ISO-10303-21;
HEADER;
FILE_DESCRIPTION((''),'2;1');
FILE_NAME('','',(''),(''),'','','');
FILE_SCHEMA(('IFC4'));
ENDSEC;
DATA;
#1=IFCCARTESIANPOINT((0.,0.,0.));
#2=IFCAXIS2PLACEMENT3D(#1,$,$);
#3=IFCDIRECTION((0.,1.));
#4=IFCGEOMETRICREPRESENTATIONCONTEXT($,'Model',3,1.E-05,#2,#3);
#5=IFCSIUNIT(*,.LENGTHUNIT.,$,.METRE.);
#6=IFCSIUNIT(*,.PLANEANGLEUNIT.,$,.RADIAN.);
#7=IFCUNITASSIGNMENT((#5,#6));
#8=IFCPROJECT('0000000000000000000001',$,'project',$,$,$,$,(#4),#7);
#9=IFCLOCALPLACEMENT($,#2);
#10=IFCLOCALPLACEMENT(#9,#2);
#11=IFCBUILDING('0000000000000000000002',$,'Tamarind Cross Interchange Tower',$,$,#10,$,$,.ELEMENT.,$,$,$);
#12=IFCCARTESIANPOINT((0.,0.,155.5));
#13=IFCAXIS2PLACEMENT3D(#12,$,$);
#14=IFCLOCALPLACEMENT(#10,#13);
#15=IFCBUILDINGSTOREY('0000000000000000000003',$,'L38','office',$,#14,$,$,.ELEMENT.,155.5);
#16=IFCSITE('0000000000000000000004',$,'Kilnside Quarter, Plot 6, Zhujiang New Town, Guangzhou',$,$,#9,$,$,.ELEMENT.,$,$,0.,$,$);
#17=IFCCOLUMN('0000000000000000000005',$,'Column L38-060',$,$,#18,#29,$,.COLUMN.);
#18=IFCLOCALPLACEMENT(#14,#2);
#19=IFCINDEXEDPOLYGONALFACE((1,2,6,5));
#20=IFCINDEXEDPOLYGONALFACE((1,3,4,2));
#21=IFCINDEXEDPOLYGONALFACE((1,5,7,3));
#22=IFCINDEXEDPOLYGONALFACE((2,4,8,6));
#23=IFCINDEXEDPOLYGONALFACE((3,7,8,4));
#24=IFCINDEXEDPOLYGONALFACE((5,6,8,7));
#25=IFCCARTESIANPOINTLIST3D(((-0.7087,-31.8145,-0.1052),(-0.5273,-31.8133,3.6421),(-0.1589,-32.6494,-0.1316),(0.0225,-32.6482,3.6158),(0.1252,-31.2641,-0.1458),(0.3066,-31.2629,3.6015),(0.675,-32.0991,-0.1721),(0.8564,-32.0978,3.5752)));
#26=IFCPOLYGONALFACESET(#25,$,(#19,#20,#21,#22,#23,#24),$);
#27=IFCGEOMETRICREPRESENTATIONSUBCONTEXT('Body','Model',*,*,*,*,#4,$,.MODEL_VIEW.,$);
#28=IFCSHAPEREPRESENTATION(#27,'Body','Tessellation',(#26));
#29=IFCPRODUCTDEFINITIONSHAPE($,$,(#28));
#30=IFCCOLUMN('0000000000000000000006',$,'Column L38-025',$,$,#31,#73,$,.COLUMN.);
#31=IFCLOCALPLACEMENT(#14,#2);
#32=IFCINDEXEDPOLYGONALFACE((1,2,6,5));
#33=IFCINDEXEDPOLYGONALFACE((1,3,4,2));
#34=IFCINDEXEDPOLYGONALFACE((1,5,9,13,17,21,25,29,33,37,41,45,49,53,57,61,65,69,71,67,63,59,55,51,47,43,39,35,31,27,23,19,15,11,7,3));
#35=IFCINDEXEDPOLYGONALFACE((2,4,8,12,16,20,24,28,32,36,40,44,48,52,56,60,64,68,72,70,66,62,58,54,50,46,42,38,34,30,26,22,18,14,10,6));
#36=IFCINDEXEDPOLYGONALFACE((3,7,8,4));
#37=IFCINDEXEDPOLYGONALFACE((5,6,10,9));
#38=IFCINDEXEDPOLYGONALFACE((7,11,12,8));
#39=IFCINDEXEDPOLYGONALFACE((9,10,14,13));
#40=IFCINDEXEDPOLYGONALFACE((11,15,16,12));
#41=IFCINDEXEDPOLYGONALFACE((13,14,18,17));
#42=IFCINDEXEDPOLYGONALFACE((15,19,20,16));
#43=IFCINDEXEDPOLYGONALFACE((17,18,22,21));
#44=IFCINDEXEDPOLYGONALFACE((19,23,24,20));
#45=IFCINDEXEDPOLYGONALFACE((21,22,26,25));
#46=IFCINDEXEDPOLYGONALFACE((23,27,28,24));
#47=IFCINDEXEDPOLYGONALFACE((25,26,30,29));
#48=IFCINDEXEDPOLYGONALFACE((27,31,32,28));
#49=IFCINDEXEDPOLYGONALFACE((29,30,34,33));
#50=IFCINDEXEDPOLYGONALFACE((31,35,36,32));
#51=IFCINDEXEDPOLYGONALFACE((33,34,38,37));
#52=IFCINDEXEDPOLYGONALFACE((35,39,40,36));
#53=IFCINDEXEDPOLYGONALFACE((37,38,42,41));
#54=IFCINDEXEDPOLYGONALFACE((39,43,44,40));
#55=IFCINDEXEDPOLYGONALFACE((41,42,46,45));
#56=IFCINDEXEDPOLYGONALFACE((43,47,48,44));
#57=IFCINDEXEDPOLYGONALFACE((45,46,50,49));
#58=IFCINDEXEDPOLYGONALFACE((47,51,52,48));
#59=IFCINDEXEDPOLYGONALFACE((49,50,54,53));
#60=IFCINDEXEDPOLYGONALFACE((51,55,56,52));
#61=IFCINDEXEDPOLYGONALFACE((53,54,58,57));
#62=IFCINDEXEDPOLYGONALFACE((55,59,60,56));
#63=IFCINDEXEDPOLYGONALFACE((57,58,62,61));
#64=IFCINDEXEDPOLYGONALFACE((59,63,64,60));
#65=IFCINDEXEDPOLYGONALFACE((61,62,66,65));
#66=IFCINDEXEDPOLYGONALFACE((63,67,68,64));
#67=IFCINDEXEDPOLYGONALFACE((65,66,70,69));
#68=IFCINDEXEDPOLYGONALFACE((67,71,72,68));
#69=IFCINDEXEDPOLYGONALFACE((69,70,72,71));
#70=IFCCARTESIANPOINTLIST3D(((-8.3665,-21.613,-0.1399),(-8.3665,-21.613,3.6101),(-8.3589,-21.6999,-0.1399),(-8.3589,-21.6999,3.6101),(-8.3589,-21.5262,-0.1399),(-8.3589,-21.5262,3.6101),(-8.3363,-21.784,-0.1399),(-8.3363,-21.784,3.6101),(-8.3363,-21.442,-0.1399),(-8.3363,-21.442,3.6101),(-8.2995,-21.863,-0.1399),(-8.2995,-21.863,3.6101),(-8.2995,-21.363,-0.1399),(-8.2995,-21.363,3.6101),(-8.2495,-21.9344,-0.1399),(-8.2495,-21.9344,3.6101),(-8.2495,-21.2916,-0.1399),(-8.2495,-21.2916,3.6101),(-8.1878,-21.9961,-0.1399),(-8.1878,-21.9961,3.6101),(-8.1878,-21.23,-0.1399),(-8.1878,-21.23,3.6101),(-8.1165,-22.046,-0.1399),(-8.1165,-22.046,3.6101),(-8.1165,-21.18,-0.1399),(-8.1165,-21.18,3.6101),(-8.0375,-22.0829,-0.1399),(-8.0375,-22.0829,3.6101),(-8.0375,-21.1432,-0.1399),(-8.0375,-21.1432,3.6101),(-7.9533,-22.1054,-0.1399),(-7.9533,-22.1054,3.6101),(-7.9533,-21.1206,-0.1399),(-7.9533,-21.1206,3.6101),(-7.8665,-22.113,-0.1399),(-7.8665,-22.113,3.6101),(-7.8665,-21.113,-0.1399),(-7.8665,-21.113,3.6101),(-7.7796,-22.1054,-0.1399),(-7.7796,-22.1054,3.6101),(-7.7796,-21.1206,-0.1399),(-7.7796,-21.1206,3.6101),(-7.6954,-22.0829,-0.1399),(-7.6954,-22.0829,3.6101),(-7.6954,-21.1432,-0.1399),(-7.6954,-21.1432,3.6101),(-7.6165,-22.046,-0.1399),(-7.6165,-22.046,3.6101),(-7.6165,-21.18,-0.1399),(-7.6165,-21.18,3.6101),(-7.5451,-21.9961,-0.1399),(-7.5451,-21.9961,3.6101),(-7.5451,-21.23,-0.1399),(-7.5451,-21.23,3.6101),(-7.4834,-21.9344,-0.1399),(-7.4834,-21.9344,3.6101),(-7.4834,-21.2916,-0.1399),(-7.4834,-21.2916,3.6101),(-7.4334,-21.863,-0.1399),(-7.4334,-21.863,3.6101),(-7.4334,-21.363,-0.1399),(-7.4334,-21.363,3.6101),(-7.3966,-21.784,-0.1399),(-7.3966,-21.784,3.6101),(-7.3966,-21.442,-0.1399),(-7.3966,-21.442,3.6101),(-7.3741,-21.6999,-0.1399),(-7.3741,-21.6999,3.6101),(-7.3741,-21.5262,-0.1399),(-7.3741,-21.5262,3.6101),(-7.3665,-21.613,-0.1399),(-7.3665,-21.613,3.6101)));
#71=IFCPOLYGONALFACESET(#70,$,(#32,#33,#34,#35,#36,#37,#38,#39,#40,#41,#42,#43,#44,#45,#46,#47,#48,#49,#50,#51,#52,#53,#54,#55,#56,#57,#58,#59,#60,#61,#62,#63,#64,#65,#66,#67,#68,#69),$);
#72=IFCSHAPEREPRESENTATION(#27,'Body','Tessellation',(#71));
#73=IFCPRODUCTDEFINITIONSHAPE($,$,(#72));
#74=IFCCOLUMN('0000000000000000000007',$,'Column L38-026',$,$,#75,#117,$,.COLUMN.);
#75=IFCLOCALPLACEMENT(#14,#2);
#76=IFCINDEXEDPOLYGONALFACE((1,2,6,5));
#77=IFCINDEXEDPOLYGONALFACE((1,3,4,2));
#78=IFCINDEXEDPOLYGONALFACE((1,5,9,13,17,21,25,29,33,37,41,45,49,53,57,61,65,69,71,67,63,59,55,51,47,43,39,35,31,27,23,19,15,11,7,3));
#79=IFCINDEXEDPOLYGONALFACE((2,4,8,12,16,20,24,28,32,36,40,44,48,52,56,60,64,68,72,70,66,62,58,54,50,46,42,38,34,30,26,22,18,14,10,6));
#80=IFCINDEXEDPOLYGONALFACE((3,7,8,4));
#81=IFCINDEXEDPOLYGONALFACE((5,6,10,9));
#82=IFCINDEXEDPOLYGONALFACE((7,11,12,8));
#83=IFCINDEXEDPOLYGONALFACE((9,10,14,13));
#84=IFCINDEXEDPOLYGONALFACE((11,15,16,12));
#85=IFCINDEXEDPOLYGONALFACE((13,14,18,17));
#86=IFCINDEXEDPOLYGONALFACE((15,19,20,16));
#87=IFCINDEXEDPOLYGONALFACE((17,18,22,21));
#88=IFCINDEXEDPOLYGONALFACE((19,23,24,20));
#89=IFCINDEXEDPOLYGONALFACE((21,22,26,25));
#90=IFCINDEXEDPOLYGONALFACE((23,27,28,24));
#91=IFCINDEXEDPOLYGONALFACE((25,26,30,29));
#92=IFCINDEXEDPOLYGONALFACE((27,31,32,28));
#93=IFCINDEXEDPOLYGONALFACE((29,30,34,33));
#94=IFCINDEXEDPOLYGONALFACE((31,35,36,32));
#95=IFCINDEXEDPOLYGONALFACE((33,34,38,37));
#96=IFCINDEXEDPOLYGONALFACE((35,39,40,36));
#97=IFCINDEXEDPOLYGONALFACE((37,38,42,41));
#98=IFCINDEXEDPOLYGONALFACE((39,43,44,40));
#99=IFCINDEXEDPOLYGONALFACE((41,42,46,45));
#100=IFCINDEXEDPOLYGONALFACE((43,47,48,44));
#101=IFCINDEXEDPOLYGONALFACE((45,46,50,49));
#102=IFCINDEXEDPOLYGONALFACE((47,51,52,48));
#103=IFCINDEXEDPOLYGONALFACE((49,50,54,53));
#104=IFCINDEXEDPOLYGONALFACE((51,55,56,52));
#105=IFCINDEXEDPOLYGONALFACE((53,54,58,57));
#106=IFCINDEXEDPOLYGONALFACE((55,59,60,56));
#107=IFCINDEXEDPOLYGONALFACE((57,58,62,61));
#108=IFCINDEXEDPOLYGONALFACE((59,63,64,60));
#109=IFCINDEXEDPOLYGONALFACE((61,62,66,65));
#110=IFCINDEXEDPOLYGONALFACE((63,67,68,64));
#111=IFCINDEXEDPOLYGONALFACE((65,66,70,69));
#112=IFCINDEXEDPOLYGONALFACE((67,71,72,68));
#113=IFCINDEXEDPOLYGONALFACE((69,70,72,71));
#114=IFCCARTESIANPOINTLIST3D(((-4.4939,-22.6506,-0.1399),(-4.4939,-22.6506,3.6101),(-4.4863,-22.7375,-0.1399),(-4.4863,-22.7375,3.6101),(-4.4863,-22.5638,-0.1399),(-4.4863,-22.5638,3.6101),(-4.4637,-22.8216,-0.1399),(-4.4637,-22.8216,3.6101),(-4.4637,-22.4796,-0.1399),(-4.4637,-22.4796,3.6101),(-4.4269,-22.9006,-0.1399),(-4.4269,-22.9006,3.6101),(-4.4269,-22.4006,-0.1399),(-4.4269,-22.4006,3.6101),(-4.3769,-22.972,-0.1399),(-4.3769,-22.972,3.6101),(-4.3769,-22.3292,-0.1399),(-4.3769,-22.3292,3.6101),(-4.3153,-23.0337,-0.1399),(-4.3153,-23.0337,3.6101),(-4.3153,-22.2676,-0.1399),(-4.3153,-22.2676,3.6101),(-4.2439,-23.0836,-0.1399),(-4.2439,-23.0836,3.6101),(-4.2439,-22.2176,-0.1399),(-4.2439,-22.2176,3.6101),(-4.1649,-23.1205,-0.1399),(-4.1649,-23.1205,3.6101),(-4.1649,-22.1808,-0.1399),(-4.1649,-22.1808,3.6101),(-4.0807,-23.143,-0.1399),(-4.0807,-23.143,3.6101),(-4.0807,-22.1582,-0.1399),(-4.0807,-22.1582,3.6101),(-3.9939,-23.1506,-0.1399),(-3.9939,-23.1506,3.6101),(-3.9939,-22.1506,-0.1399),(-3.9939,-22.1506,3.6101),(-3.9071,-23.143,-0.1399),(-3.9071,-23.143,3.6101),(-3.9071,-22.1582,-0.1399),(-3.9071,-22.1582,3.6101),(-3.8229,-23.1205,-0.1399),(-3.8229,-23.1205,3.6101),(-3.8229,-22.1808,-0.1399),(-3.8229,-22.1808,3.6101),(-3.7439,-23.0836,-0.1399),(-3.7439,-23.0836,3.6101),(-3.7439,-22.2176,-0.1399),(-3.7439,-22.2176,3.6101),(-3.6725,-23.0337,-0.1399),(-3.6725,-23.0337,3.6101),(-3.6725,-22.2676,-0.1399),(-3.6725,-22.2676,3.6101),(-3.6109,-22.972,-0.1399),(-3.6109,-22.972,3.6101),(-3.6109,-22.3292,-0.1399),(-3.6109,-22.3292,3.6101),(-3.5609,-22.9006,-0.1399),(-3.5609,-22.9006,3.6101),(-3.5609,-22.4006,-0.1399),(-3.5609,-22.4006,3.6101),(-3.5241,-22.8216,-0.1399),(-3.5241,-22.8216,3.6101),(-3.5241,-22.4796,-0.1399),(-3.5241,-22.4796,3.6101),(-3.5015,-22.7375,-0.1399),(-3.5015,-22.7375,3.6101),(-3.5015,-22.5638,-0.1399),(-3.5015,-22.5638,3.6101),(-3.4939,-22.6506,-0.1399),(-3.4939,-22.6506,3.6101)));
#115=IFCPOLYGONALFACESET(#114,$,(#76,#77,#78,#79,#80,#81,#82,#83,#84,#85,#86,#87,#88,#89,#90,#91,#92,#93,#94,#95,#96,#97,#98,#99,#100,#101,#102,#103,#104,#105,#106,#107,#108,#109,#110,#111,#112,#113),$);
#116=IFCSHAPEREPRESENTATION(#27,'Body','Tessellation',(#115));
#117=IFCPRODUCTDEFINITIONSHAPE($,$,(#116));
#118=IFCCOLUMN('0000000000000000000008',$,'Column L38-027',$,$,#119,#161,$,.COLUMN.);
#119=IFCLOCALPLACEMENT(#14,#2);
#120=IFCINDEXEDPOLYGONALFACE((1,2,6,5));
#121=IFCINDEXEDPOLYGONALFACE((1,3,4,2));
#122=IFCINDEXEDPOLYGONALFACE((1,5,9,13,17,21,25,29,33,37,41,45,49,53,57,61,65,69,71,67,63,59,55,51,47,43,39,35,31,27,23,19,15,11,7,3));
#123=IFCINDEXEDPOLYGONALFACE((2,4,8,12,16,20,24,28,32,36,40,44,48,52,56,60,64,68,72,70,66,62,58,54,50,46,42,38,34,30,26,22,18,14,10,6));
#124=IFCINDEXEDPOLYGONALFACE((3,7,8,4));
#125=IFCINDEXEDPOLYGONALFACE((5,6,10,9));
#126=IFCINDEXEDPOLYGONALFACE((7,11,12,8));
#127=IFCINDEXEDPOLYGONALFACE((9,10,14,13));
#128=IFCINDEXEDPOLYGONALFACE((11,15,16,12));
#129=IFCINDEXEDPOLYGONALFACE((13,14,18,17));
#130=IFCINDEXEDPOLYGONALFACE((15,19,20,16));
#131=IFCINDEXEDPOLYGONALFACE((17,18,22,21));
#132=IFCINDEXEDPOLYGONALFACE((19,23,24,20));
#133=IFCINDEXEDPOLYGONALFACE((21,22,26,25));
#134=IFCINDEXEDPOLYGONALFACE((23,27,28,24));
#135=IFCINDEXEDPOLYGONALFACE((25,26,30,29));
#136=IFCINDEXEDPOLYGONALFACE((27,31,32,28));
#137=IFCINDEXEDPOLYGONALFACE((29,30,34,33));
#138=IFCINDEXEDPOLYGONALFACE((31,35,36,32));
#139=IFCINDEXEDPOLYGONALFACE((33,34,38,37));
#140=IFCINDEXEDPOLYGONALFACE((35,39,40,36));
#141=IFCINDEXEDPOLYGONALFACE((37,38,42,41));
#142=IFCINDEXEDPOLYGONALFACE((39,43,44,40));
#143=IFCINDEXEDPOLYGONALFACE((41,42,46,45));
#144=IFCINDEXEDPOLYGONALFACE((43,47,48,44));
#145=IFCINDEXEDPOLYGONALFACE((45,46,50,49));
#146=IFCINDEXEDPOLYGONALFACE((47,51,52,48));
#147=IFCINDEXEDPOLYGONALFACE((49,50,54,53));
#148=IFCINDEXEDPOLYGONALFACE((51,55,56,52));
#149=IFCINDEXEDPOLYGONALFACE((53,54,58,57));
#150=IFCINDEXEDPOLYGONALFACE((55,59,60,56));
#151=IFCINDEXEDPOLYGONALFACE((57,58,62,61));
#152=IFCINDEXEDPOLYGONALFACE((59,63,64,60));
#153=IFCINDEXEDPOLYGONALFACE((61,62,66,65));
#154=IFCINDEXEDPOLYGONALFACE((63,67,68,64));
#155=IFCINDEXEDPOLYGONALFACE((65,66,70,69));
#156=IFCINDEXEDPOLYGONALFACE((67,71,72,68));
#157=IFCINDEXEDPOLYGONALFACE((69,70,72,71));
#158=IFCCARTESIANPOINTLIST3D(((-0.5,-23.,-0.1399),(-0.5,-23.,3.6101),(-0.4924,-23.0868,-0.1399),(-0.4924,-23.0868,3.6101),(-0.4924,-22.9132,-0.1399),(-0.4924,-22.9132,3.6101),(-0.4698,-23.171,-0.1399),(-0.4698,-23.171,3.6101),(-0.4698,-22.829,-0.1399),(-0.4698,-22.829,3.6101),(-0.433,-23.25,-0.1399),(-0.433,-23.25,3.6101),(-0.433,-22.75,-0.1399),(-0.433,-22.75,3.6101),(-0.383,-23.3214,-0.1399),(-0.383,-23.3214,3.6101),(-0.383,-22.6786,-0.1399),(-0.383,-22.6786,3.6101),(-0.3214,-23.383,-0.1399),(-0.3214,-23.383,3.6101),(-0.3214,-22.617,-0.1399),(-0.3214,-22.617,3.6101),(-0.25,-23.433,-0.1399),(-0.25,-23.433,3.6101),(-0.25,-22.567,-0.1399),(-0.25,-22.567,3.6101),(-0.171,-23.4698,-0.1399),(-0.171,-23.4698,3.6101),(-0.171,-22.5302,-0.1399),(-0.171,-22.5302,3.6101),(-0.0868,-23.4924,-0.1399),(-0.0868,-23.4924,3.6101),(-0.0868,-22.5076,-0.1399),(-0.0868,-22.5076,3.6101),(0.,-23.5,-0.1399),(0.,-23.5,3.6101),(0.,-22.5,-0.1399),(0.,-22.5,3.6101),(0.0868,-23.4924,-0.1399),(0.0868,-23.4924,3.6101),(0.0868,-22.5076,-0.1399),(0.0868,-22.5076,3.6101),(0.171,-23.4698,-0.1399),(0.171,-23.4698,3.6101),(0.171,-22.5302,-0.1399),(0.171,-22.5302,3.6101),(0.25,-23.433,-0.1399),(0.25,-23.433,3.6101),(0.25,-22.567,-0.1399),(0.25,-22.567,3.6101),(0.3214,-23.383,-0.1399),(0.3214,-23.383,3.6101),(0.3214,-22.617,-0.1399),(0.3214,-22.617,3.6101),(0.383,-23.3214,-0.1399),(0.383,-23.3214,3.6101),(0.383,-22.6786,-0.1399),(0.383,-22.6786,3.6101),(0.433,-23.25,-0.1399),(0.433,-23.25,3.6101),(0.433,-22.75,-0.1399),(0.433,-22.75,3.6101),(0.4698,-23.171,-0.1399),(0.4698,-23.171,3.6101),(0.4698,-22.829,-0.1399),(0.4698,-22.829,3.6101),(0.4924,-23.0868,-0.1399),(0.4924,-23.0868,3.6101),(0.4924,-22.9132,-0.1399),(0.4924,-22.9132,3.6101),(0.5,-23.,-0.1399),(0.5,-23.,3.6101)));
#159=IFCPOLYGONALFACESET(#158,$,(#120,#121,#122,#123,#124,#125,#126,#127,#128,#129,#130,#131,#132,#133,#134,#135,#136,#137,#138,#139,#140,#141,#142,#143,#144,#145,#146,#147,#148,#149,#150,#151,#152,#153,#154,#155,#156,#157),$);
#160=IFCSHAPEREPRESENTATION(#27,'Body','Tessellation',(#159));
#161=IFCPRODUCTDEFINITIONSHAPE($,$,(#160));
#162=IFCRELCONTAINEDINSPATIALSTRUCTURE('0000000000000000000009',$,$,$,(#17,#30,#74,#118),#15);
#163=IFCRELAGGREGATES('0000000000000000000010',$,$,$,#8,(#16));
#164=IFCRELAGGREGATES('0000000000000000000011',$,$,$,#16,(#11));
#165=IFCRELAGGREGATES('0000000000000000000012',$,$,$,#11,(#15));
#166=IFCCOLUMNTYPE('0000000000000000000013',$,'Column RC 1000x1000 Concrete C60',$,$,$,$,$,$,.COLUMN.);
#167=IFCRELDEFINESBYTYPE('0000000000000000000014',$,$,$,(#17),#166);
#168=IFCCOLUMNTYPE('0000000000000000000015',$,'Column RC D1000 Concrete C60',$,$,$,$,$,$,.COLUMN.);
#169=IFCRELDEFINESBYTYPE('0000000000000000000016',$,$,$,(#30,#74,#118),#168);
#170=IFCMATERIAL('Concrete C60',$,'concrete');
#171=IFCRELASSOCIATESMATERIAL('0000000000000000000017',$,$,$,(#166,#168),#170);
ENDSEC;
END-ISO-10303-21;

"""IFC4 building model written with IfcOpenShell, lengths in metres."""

from ifc_helpers import new_model, si_unit, direction, frame, origin, origin_2d, place, context, subcontext, project, spatial, rectangle, circle, extrude, material, material_profile, profile_set, type_object, element, save


model = new_model("IFC4")

# Units and contexts
model_context = context("Model", 3, precision=1e-05, world=origin(), true_north=direction((0.0, 1.0)))
body_context = subcontext(model_context, "Body", "Model", "MODEL_VIEW")
ifc_project = project(units=[si_unit("LENGTHUNIT", "METRE"), si_unit("PLANEANGLEUNIT", "RADIAN")], contexts=[model_context])

# Site, building, storey
site_placement = place(None, origin())
site = spatial("IfcSite", under=ifc_project, at=site_placement, Name="Kilnside Quarter, Plot 6, Zhujiang New Town, Guangzhou", CompositionType="ELEMENT", RefElevation=0.0)
building_placement = place(site_placement, origin())
building = spatial("IfcBuilding", under=site, at=building_placement, Name="Tamarind Cross Interchange Tower", CompositionType="ELEMENT")
storey_placement = place(building_placement, frame((0.0, 0.0, 155.5)))
storey = spatial("IfcBuildingStorey", under=building, at=storey_placement, Name="L38", Description="office", CompositionType="ELEMENT", Elevation=155.5)

# Columns
ifc_material_1 = material(Name="Concrete C60", Category="concrete")
ifc_material_profile_1 = material_profile(ifc_material_1, rectangle(XDim=1.0, YDim=1.0, at=origin_2d()), Name="RC 1000x1000")
ifc_profile_set_1 = profile_set([ifc_material_profile_1], Name="Concrete C60")
column_type_1 = type_object("IfcColumnType", Name="Column RC 1000x1000 Concrete C60", PredefinedType="COLUMN", material=ifc_profile_set_1)
column_placement = place(storey_placement, frame((-0.0168, -31.9568, -0.1387), z_axis=(0.04835, 0.000325, 0.99883), x_axis=(-0.549751, 0.834913, 0.02634)))
element("IfcColumn", 1, at=column_placement, inside=storey, type_object=column_type_1, Name="Column L38-060", PredefinedType="COLUMN", context=body_context, shape_type="SweptSolid", body=[
    extrude(rectangle(XDim=1.0, YDim=1.0, at=origin_2d()), origin(), (0.0, 0.0, 1.0), 3.7517),
])
ifc_material_profile_2 = material_profile(ifc_material_1, circle(Radius=0.5, at=origin_2d()), Name="RC D1000")
ifc_profile_set_2 = profile_set([ifc_material_profile_2], Name="Concrete C60")
column_type_2 = type_object("IfcColumnType", Name="Column RC D1000 Concrete C60", PredefinedType="COLUMN", material=ifc_profile_set_2)
for number, where, z_axis, x_axis, name in (
    (2, (-7.8665, -21.613, -0.1399), (0.0, 0.0, 1.0), (1.0, 0.0, 0.0), "Column L38-025"),
    (3, (-3.9939, -22.6506, -0.1399), (0.0, 0.0, 1.0), (1.0, 0.0, 0.0), "Column L38-026"),
    (4, (0.0, -23.0, -0.1399), (0.0, 0.0, 1.0), (1.0, 0.0, 0.0), "Column L38-027"),
):
    element("IfcColumn", number, at=place(storey_placement, frame(where, z_axis=z_axis, x_axis=x_axis)), inside=storey, type_object=column_type_2, Name=name, PredefinedType="COLUMN", context=body_context, shape_type="SweptSolid", body=[
        extrude(circle(Radius=0.5, at=origin_2d()), origin(), (0.0, 0.0, 1.0), 3.75),
    ])

save(model, "model.ifc")
